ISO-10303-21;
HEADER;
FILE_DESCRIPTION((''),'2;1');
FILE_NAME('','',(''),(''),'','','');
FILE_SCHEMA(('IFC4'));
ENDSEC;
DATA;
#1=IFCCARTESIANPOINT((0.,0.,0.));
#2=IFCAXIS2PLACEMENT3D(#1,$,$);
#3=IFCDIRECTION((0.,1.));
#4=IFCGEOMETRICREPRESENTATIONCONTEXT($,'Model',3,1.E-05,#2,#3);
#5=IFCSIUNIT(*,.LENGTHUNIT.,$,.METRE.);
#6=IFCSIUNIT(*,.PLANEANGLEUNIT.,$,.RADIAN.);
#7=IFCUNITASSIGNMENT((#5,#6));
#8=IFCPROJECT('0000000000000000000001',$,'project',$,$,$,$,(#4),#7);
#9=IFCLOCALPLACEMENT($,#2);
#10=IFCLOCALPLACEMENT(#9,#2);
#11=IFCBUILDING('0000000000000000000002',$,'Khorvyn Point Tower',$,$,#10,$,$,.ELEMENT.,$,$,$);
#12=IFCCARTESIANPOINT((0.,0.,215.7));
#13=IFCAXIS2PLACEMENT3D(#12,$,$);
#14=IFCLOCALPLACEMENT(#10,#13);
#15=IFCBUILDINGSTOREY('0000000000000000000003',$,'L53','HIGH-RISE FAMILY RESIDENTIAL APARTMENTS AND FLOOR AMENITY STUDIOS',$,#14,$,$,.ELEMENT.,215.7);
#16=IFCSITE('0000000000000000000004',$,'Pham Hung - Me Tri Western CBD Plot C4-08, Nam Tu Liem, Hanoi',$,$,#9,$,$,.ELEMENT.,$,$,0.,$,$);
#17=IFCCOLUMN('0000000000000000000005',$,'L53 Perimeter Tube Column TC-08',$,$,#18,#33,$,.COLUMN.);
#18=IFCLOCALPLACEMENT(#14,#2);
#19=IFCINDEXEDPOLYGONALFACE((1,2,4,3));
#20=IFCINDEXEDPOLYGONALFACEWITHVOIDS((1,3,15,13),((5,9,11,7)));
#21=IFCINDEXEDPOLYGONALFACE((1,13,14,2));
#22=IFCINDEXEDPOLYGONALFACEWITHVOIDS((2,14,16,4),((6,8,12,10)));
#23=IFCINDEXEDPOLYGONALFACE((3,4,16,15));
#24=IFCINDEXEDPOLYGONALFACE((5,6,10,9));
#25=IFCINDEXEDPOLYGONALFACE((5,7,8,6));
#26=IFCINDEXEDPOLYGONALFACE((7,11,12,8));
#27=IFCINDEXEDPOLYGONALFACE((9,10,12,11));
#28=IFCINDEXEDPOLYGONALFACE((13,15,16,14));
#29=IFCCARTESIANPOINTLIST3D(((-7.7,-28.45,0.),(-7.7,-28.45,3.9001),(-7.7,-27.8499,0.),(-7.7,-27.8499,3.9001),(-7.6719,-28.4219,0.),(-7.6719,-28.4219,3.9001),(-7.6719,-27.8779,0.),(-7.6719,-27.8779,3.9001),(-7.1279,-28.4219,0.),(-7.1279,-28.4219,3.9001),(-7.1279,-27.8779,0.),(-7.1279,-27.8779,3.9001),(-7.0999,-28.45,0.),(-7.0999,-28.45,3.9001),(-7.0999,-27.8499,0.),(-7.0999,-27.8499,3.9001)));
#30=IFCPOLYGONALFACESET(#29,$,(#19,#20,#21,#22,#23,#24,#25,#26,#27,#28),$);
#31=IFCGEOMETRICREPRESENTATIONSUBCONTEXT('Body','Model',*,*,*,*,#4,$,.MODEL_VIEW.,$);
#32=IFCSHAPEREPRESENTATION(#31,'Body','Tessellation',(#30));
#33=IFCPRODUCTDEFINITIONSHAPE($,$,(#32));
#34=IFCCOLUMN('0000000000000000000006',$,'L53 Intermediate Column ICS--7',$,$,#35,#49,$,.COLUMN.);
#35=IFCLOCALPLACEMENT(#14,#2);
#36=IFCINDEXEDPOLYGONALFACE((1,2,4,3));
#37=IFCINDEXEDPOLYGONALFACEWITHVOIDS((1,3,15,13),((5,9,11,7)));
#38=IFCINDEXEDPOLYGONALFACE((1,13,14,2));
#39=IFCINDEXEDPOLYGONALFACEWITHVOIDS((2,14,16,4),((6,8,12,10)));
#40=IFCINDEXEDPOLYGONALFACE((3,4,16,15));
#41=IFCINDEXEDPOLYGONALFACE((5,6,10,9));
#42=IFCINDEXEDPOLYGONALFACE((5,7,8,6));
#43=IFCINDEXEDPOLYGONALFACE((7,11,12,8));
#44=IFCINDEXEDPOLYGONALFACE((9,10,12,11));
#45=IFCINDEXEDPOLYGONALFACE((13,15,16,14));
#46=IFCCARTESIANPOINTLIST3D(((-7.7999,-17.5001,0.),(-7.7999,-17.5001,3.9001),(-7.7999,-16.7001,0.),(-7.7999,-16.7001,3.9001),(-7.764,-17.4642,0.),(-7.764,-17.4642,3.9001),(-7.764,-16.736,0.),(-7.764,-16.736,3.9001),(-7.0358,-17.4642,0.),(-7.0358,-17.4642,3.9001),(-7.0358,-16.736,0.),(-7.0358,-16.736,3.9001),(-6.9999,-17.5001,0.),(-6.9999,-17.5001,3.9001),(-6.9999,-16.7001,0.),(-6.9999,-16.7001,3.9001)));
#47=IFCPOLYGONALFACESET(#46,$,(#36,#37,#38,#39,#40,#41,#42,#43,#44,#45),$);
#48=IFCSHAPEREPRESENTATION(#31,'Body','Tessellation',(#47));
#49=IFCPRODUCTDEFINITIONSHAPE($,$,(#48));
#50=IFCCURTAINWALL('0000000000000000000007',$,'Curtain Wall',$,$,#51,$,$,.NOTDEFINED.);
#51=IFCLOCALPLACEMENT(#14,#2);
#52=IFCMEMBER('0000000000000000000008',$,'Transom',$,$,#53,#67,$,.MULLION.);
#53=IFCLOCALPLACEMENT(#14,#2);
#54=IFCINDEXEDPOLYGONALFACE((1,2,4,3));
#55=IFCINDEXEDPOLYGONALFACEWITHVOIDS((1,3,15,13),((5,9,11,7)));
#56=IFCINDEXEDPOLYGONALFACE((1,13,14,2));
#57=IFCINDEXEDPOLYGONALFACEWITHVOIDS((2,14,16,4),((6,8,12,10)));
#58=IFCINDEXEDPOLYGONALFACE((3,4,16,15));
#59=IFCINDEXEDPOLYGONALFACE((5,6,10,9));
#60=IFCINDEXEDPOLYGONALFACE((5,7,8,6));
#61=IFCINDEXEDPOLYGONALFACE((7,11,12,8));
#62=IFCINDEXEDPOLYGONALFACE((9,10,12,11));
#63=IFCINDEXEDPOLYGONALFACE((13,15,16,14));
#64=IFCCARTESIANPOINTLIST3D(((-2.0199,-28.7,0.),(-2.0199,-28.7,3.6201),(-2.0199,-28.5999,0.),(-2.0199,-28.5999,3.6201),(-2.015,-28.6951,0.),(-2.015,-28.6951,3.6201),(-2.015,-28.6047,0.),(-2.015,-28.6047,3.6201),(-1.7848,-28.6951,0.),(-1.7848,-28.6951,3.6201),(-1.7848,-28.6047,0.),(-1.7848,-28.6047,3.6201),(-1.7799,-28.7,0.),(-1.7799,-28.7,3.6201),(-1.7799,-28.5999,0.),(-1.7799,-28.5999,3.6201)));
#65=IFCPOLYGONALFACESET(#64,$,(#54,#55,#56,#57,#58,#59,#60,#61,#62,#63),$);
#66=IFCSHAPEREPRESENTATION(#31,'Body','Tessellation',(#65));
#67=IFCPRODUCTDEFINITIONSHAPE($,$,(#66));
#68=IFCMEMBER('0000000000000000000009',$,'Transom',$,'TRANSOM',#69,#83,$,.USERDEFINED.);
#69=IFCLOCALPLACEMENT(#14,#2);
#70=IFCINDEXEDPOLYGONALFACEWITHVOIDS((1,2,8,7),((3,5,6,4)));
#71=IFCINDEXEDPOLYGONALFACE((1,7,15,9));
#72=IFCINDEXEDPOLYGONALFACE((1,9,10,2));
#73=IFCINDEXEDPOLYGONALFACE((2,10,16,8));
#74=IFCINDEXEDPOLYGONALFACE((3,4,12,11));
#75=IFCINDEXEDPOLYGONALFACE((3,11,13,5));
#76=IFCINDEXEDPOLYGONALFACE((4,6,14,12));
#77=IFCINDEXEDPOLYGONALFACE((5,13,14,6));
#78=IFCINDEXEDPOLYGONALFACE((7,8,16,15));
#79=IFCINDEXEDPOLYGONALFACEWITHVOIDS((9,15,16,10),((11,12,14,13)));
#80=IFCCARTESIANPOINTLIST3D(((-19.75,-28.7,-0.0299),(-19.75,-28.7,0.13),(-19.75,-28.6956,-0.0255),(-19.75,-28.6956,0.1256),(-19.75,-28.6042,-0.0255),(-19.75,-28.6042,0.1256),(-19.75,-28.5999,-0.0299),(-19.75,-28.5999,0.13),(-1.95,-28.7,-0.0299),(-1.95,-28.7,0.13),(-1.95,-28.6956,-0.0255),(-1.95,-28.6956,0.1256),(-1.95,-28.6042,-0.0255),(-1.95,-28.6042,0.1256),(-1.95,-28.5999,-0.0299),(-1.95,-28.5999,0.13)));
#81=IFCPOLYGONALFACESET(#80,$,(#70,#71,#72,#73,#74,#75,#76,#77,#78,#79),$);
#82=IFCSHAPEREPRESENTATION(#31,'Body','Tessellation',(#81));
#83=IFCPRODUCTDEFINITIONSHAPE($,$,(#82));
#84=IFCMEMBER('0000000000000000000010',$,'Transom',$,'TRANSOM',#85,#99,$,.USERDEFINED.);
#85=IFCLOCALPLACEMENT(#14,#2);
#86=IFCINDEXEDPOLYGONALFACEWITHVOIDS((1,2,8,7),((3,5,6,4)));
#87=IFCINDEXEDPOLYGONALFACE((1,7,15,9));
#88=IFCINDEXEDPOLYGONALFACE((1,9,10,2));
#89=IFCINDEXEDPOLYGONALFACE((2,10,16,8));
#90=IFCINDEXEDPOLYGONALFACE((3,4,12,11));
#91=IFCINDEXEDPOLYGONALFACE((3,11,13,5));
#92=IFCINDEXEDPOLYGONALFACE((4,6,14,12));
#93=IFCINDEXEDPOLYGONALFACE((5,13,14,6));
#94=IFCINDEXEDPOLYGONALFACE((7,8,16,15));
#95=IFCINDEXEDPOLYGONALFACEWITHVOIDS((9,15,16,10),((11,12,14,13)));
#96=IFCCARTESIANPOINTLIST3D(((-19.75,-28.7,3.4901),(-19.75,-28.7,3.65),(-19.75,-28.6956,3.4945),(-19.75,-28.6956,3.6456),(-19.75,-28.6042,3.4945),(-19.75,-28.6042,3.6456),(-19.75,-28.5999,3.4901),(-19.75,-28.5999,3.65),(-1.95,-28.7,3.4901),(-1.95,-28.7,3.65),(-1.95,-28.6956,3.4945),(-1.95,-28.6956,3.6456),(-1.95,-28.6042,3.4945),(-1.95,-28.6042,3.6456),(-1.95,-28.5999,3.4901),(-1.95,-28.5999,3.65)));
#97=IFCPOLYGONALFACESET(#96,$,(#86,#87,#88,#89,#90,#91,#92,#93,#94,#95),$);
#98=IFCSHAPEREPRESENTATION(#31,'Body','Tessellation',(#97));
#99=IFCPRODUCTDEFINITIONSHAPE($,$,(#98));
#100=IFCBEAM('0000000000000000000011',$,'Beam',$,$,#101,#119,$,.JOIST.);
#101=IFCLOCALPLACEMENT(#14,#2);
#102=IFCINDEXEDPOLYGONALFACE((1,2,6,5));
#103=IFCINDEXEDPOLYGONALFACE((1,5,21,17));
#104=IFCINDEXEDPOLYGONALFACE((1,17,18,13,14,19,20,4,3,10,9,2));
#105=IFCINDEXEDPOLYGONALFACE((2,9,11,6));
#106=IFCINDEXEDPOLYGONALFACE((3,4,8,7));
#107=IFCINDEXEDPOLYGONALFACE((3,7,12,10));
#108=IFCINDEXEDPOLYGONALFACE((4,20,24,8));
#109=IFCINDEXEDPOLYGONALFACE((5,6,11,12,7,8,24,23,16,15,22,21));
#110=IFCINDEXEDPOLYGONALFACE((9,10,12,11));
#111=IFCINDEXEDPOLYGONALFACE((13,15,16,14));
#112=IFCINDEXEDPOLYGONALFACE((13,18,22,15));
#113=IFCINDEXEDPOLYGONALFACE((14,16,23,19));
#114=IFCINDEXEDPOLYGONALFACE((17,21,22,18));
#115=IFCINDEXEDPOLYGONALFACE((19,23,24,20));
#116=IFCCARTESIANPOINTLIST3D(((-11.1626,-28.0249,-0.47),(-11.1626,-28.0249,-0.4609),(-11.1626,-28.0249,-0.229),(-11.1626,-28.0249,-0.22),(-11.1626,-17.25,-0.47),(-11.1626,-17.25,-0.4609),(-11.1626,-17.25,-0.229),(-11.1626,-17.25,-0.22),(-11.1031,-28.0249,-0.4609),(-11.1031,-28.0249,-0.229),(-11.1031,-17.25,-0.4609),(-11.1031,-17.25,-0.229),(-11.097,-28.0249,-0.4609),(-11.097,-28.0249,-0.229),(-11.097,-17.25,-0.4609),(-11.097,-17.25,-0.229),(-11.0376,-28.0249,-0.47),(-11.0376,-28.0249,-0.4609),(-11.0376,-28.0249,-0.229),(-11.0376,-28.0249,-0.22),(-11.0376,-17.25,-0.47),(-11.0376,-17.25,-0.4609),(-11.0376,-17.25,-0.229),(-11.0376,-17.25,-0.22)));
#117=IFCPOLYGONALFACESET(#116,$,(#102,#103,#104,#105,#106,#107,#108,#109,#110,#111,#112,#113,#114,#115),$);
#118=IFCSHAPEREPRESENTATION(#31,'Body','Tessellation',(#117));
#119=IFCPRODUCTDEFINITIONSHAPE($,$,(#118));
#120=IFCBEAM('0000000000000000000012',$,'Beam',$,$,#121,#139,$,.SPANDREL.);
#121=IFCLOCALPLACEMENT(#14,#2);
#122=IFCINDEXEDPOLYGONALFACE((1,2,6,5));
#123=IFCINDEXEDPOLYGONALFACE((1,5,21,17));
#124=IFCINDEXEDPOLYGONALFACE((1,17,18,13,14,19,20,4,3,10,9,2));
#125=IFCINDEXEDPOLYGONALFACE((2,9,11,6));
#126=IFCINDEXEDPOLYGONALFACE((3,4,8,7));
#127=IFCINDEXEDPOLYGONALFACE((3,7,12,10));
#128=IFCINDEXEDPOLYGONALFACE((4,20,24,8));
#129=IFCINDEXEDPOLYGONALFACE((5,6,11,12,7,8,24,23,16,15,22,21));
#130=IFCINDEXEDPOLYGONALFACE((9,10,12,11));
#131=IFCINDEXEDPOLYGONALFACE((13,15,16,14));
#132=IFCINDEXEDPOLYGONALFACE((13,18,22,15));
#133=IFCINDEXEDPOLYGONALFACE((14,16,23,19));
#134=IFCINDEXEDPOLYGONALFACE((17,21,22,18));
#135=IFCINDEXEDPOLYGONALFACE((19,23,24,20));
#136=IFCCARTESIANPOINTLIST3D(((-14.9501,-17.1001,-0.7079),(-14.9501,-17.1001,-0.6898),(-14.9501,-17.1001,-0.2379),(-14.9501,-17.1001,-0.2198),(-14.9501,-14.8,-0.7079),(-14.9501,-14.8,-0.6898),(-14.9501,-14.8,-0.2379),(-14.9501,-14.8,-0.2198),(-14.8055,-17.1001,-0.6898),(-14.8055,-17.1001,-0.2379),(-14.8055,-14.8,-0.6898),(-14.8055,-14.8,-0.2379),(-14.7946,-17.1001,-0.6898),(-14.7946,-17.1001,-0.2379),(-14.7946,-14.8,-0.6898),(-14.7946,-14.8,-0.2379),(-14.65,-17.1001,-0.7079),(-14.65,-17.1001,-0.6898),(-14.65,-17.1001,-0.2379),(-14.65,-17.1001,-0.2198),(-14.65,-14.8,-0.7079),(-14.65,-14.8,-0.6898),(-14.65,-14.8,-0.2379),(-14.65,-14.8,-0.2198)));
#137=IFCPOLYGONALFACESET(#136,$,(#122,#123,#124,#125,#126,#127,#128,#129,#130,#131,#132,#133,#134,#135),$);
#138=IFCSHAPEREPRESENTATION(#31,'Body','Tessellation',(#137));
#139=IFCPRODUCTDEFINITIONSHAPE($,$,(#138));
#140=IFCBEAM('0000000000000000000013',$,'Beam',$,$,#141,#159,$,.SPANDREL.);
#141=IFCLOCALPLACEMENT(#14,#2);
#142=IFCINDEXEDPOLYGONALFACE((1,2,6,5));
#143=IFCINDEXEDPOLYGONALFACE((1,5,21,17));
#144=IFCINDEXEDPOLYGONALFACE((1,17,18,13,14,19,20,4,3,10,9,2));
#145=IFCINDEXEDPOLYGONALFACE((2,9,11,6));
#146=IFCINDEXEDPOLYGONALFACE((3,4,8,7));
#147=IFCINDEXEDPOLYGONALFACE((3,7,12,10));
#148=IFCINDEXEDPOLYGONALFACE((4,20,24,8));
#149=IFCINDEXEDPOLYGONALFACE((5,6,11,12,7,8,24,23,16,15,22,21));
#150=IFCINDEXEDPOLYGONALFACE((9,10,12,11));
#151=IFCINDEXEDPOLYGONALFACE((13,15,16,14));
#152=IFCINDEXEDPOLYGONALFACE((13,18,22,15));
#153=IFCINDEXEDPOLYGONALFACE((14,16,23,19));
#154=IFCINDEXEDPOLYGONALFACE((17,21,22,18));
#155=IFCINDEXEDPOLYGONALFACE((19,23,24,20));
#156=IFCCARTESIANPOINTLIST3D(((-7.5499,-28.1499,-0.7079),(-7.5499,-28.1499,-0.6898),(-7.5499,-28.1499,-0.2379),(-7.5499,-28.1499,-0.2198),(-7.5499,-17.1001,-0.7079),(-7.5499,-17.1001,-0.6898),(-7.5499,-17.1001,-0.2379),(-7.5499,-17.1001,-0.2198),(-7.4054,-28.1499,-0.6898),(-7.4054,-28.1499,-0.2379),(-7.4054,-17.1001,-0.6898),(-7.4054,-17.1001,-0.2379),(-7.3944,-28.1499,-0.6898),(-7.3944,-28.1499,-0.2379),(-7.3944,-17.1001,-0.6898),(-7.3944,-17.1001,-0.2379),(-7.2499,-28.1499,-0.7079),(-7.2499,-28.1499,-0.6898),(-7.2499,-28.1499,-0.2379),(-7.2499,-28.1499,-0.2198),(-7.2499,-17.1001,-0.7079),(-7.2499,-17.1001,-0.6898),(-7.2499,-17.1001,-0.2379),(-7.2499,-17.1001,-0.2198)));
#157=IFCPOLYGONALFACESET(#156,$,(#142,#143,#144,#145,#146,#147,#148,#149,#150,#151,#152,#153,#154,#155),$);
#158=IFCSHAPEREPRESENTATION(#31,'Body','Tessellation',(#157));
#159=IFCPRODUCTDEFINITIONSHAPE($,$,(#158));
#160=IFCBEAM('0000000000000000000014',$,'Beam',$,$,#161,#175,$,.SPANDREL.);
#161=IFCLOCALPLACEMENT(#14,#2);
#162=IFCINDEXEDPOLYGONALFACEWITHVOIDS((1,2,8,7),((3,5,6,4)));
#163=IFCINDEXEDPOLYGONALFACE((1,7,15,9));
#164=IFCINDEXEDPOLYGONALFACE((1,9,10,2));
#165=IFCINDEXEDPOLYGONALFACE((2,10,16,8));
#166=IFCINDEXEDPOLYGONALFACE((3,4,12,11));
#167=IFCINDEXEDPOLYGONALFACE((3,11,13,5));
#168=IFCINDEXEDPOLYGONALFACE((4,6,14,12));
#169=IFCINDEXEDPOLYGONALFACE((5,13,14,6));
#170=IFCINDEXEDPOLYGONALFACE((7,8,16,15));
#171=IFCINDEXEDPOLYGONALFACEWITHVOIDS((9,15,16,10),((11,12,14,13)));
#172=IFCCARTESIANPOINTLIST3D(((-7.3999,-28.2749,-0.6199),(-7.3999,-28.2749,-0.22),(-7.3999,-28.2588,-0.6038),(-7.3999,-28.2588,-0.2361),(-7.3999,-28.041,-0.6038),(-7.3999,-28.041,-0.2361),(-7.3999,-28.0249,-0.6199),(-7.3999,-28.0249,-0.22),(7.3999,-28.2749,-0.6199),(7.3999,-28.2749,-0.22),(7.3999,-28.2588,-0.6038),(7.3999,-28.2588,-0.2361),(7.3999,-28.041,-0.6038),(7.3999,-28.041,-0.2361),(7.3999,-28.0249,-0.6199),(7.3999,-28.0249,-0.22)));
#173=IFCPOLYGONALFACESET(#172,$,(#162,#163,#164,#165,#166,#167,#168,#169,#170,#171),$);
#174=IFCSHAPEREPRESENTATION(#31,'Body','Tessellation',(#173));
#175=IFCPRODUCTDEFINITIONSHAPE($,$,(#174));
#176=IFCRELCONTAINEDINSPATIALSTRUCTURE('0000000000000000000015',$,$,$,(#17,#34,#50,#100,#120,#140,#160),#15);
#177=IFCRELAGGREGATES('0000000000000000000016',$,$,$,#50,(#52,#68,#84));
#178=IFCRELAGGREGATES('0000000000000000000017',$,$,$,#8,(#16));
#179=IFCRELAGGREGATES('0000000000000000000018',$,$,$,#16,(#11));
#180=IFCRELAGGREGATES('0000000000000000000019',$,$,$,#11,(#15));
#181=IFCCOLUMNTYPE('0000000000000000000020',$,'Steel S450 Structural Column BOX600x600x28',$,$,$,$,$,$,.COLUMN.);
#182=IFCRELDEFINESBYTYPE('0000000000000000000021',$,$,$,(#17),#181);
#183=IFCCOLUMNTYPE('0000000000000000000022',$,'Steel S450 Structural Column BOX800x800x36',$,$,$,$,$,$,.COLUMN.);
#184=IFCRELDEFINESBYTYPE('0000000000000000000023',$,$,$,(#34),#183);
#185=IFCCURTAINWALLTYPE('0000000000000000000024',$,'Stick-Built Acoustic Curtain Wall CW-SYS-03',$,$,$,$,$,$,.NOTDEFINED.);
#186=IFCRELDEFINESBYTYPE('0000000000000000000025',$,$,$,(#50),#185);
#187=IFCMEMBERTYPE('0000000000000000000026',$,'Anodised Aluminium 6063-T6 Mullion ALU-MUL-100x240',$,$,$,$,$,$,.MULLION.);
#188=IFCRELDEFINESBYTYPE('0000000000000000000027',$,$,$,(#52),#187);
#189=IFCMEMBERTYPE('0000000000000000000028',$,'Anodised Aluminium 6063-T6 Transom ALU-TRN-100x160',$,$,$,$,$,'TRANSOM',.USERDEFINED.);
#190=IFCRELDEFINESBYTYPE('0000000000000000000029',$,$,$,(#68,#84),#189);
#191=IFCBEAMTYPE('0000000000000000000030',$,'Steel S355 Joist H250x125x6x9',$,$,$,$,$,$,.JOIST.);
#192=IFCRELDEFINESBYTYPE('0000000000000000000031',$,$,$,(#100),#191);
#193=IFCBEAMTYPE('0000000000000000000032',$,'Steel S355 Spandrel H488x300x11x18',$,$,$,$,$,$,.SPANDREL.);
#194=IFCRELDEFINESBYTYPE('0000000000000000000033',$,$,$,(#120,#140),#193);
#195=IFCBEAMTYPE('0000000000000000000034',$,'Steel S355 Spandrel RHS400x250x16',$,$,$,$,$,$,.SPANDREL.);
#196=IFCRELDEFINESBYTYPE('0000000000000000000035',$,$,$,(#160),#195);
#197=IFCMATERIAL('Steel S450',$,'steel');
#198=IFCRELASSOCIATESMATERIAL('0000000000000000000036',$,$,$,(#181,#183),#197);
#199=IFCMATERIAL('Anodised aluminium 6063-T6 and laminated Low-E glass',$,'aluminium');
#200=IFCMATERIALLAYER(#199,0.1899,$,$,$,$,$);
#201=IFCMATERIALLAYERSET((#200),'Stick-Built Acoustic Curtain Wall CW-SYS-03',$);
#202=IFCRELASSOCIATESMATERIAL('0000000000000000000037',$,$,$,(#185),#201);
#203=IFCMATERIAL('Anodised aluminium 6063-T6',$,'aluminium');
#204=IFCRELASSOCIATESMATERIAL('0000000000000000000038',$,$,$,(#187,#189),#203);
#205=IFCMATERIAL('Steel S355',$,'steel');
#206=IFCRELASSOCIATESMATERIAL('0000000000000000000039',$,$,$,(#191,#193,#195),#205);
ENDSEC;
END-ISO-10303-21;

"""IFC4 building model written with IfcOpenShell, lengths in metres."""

from ifc_helpers import new_model, si_unit, direction, frame, origin, origin_2d, place, context, subcontext, project, spatial, hollow_rectangle, i_section, extrude, material, layer, layer_set, material_profile, profile_set, type_object, element, aggregate, save


model = new_model("IFC4")

# Units and contexts
model_context = context("Model", 3, precision=1e-05, world=origin(), true_north=direction((0.0, 1.0)))
body_context = subcontext(model_context, "Body", "Model", "MODEL_VIEW")
ifc_project = project(units=[si_unit("LENGTHUNIT", "METRE"), si_unit("PLANEANGLEUNIT", "RADIAN")], contexts=[model_context])

# Site, building, storey
site_placement = place(None, origin())
site = spatial("IfcSite", under=ifc_project, at=site_placement, Name="Pham Hung - Me Tri Western CBD Plot C4-08, Nam Tu Liem, Hanoi", CompositionType="ELEMENT", RefElevation=0.0)
building_placement = place(site_placement, origin())
building = spatial("IfcBuilding", under=site, at=building_placement, Name="Khorvyn Point Tower", CompositionType="ELEMENT")
storey_placement = place(building_placement, frame((0.0, 0.0, 215.7)))
storey = spatial("IfcBuildingStorey", under=building, at=storey_placement, Name="L53", Description="HIGH-RISE FAMILY RESIDENTIAL APARTMENTS AND FLOOR AMENITY STUDIOS", CompositionType="ELEMENT", Elevation=215.7)

# Columns
ifc_material_1 = material(Name="Steel S450", Category="steel")
ifc_material_profile_1 = material_profile(ifc_material_1, hollow_rectangle(XDim=0.6001, YDim=0.6001, WallThickness=0.0281, at=origin_2d()))
ifc_profile_set_1 = profile_set([ifc_material_profile_1], Name="Steel S450 BOX600x600x28")
column_type_1 = type_object("IfcColumnType", Name="Steel S450 Structural Column BOX600x600x28", PredefinedType="COLUMN", material=ifc_profile_set_1)
column_1_placement = place(storey_placement, frame((-7.3999, -28.1499, 0.0), z_axis=(0.0, 0.0, 1.0), x_axis=(1.0, 0.0, 0.0)))
element("IfcColumn", 1, at=column_1_placement, inside=storey, type_object=column_type_1, Name="L53 Perimeter Tube Column TC-08", PredefinedType="COLUMN", context=body_context, shape_type="SweptSolid", body=[
    extrude(hollow_rectangle(XDim=0.6001, YDim=0.6001, WallThickness=0.0281, at=origin_2d()), origin(), (0.0, 0.0, 1.0), 3.9001),
])
ifc_material_profile_2 = material_profile(ifc_material_1, hollow_rectangle(XDim=0.8, YDim=0.8, WallThickness=0.0359, at=origin_2d()))
ifc_profile_set_2 = profile_set([ifc_material_profile_2], Name="Steel S450 BOX800x800x36")
column_type_2 = type_object("IfcColumnType", Name="Steel S450 Structural Column BOX800x800x36", PredefinedType="COLUMN", material=ifc_profile_set_2)
column_2_placement = place(storey_placement, frame((-7.3999, -17.1001, 0.0), z_axis=(0.0, 0.0, 1.0), x_axis=(1.0, 0.0, 0.0)))
element("IfcColumn", 2, at=column_2_placement, inside=storey, type_object=column_type_2, Name="L53 Intermediate Column ICS--7", PredefinedType="COLUMN", context=body_context, shape_type="SweptSolid", body=[
    extrude(hollow_rectangle(XDim=0.8, YDim=0.8, WallThickness=0.0359, at=origin_2d()), origin(), (0.0, 0.0, 1.0), 3.9001),
])

# Curtain wall, members
ifc_material_2 = material(Name="Anodised aluminium 6063-T6 and laminated Low-E glass", Category="aluminium")
ifc_layer_1 = layer(ifc_material_2, 0.1899)
ifc_layer_set_1 = layer_set([ifc_layer_1], Name="Stick-Built Acoustic Curtain Wall CW-SYS-03")
curtain_wall_type = type_object("IfcCurtainWallType", Name="Stick-Built Acoustic Curtain Wall CW-SYS-03", PredefinedType="NOTDEFINED", material=ifc_layer_set_1)
curtain_wall_placement = place(storey_placement, origin())
curtain_wall = element("IfcCurtainWall", 3, at=curtain_wall_placement, inside=storey, type_object=curtain_wall_type, Name="Curtain Wall", PredefinedType="NOTDEFINED")
ifc_material_3 = material(Name="Anodised aluminium 6063-T6", Category="aluminium")
ifc_material_profile_3 = material_profile(ifc_material_3, hollow_rectangle(XDim=0.1001, YDim=0.24, WallThickness=0.0049, at=origin_2d()))
ifc_profile_set_3 = profile_set([ifc_material_profile_3], Name="Anodised aluminium 6063-T6 ALU-MUL-100x240")
member_type_1 = type_object("IfcMemberType", Name="Anodised Aluminium 6063-T6 Mullion ALU-MUL-100x240", PredefinedType="MULLION", material=ifc_profile_set_3)
member_1_placement = place(storey_placement, frame((-1.8999, -28.6499, 0.0), z_axis=(0.0, 0.0, 1.0), x_axis=(0.0, -1.0, 0.0)))
member_1 = element("IfcMember", 4, at=member_1_placement, type_object=member_type_1, Name="Transom", PredefinedType="MULLION", context=body_context, shape_type="SweptSolid", body=[
    extrude(hollow_rectangle(XDim=0.1001, YDim=0.24, WallThickness=0.0049, at=origin_2d()), origin(), (0.0, 0.0, 1.0), 3.6201),
])
ifc_material_profile_4 = material_profile(ifc_material_3, hollow_rectangle(XDim=0.1001, YDim=0.1599, WallThickness=0.0044, at=origin_2d()))
ifc_profile_set_4 = profile_set([ifc_material_profile_4], Name="Anodised aluminium 6063-T6 ALU-TRN-100x160")
member_type_2 = type_object("IfcMemberType", Name="Anodised Aluminium 6063-T6 Transom ALU-TRN-100x160", ElementType="TRANSOM", PredefinedType="USERDEFINED", material=ifc_profile_set_4)
member_2_placement = place(storey_placement, frame((-1.95, -28.6499, 0.05), z_axis=(-1.0, 0.0, 0.0), x_axis=(0.0, -1.0, 0.0)))
member_2 = element("IfcMember", 5, at=member_2_placement, type_object=member_type_2, Name="Transom", ObjectType="TRANSOM", PredefinedType="USERDEFINED", context=body_context, shape_type="SweptSolid", body=[
    extrude(hollow_rectangle(XDim=0.1001, YDim=0.1599, WallThickness=0.0044, at=origin_2d()), origin(), (0.0, 0.0, 1.0), 17.8),
])
member_3_placement = place(storey_placement, frame((-1.95, -28.6499, 3.5701), z_axis=(-1.0, 0.0, 0.0), x_axis=(0.0, -1.0, 0.0)))
member_3 = element("IfcMember", 6, at=member_3_placement, type_object=member_type_2, Name="Transom", ObjectType="TRANSOM", PredefinedType="USERDEFINED", context=body_context, shape_type="SweptSolid", body=[
    extrude(hollow_rectangle(XDim=0.1001, YDim=0.1599, WallThickness=0.0044, at=origin_2d()), origin(), (0.0, 0.0, 1.0), 17.8),
])

# Beams
ifc_material_4 = material(Name="Steel S355", Category="steel")
ifc_material_profile_5 = material_profile(ifc_material_4, i_section(OverallWidth=0.125, OverallDepth=0.25, WebThickness=0.0061, FlangeThickness=0.009, at=origin_2d()))
ifc_profile_set_5 = profile_set([ifc_material_profile_5], Name="Steel S355 H250x125x6x9")
beam_type_1 = type_object("IfcBeamType", Name="Steel S355 Joist H250x125x6x9", PredefinedType="JOIST", material=ifc_profile_set_5)
beam_1_placement = place(storey_placement, frame((-11.1001, -28.0249, -0.345), z_axis=(0.0, 1.0, 0.0), x_axis=(-1.0, 0.0, 0.0)))
element("IfcBeam", 7, at=beam_1_placement, inside=storey, type_object=beam_type_1, Name="Beam", PredefinedType="JOIST", context=body_context, shape_type="SweptSolid", body=[
    extrude(i_section(OverallWidth=0.125, OverallDepth=0.25, WebThickness=0.0061, FlangeThickness=0.009, at=origin_2d()), origin(), (0.0, 0.0, 1.0), 10.7749),
])
ifc_material_profile_6 = material_profile(ifc_material_4, i_section(OverallWidth=0.3, OverallDepth=0.488, WebThickness=0.011, FlangeThickness=0.0181, at=origin_2d()))
ifc_profile_set_6 = profile_set([ifc_material_profile_6], Name="Steel S355 H488x300x11x18")
beam_type_2 = type_object("IfcBeamType", Name="Steel S355 Spandrel H488x300x11x18", PredefinedType="SPANDREL", material=ifc_profile_set_6)
beam_2_placement = place(storey_placement, frame((-14.8, -17.1001, -0.4639), z_axis=(0.0, 1.0, 0.0), x_axis=(-1.0, 0.0, 0.0)))
element("IfcBeam", 8, at=beam_2_placement, inside=storey, type_object=beam_type_2, Name="Beam", PredefinedType="SPANDREL", context=body_context, shape_type="SweptSolid", body=[
    extrude(i_section(OverallWidth=0.3, OverallDepth=0.488, WebThickness=0.011, FlangeThickness=0.0181, at=origin_2d()), origin(), (0.0, 0.0, 1.0), 2.3),
])
beam_3_placement = place(storey_placement, frame((-7.3999, -28.1499, -0.4639), z_axis=(0.0, 1.0, 0.0), x_axis=(-1.0, 0.0, 0.0)))
element("IfcBeam", 9, at=beam_3_placement, inside=storey, type_object=beam_type_2, Name="Beam", PredefinedType="SPANDREL", context=body_context, shape_type="SweptSolid", body=[
    extrude(i_section(OverallWidth=0.3, OverallDepth=0.488, WebThickness=0.011, FlangeThickness=0.0181, at=origin_2d()), origin(), (0.0, 0.0, 1.0), 11.0498),
])
ifc_material_profile_7 = material_profile(ifc_material_4, hollow_rectangle(XDim=0.25, YDim=0.3999, WallThickness=0.0161, at=origin_2d()))
ifc_profile_set_7 = profile_set([ifc_material_profile_7], Name="Steel S355 RHS400x250x16")
beam_type_3 = type_object("IfcBeamType", Name="Steel S355 Spandrel RHS400x250x16", PredefinedType="SPANDREL", material=ifc_profile_set_7)
beam_4_placement = place(storey_placement, frame((-7.3999, -28.1499, -0.4199), z_axis=(1.0, 0.0, 0.0), x_axis=(0.0, 1.0, 0.0)))
element("IfcBeam", 10, at=beam_4_placement, inside=storey, type_object=beam_type_3, Name="Beam", PredefinedType="SPANDREL", context=body_context, shape_type="SweptSolid", body=[
    extrude(hollow_rectangle(XDim=0.25, YDim=0.3999, WallThickness=0.0161, at=origin_2d()), origin(), (0.0, 0.0, 1.0), 14.7998),
])

aggregate(curtain_wall, [member_1, member_2, member_3])

save(model, "model.ifc")
